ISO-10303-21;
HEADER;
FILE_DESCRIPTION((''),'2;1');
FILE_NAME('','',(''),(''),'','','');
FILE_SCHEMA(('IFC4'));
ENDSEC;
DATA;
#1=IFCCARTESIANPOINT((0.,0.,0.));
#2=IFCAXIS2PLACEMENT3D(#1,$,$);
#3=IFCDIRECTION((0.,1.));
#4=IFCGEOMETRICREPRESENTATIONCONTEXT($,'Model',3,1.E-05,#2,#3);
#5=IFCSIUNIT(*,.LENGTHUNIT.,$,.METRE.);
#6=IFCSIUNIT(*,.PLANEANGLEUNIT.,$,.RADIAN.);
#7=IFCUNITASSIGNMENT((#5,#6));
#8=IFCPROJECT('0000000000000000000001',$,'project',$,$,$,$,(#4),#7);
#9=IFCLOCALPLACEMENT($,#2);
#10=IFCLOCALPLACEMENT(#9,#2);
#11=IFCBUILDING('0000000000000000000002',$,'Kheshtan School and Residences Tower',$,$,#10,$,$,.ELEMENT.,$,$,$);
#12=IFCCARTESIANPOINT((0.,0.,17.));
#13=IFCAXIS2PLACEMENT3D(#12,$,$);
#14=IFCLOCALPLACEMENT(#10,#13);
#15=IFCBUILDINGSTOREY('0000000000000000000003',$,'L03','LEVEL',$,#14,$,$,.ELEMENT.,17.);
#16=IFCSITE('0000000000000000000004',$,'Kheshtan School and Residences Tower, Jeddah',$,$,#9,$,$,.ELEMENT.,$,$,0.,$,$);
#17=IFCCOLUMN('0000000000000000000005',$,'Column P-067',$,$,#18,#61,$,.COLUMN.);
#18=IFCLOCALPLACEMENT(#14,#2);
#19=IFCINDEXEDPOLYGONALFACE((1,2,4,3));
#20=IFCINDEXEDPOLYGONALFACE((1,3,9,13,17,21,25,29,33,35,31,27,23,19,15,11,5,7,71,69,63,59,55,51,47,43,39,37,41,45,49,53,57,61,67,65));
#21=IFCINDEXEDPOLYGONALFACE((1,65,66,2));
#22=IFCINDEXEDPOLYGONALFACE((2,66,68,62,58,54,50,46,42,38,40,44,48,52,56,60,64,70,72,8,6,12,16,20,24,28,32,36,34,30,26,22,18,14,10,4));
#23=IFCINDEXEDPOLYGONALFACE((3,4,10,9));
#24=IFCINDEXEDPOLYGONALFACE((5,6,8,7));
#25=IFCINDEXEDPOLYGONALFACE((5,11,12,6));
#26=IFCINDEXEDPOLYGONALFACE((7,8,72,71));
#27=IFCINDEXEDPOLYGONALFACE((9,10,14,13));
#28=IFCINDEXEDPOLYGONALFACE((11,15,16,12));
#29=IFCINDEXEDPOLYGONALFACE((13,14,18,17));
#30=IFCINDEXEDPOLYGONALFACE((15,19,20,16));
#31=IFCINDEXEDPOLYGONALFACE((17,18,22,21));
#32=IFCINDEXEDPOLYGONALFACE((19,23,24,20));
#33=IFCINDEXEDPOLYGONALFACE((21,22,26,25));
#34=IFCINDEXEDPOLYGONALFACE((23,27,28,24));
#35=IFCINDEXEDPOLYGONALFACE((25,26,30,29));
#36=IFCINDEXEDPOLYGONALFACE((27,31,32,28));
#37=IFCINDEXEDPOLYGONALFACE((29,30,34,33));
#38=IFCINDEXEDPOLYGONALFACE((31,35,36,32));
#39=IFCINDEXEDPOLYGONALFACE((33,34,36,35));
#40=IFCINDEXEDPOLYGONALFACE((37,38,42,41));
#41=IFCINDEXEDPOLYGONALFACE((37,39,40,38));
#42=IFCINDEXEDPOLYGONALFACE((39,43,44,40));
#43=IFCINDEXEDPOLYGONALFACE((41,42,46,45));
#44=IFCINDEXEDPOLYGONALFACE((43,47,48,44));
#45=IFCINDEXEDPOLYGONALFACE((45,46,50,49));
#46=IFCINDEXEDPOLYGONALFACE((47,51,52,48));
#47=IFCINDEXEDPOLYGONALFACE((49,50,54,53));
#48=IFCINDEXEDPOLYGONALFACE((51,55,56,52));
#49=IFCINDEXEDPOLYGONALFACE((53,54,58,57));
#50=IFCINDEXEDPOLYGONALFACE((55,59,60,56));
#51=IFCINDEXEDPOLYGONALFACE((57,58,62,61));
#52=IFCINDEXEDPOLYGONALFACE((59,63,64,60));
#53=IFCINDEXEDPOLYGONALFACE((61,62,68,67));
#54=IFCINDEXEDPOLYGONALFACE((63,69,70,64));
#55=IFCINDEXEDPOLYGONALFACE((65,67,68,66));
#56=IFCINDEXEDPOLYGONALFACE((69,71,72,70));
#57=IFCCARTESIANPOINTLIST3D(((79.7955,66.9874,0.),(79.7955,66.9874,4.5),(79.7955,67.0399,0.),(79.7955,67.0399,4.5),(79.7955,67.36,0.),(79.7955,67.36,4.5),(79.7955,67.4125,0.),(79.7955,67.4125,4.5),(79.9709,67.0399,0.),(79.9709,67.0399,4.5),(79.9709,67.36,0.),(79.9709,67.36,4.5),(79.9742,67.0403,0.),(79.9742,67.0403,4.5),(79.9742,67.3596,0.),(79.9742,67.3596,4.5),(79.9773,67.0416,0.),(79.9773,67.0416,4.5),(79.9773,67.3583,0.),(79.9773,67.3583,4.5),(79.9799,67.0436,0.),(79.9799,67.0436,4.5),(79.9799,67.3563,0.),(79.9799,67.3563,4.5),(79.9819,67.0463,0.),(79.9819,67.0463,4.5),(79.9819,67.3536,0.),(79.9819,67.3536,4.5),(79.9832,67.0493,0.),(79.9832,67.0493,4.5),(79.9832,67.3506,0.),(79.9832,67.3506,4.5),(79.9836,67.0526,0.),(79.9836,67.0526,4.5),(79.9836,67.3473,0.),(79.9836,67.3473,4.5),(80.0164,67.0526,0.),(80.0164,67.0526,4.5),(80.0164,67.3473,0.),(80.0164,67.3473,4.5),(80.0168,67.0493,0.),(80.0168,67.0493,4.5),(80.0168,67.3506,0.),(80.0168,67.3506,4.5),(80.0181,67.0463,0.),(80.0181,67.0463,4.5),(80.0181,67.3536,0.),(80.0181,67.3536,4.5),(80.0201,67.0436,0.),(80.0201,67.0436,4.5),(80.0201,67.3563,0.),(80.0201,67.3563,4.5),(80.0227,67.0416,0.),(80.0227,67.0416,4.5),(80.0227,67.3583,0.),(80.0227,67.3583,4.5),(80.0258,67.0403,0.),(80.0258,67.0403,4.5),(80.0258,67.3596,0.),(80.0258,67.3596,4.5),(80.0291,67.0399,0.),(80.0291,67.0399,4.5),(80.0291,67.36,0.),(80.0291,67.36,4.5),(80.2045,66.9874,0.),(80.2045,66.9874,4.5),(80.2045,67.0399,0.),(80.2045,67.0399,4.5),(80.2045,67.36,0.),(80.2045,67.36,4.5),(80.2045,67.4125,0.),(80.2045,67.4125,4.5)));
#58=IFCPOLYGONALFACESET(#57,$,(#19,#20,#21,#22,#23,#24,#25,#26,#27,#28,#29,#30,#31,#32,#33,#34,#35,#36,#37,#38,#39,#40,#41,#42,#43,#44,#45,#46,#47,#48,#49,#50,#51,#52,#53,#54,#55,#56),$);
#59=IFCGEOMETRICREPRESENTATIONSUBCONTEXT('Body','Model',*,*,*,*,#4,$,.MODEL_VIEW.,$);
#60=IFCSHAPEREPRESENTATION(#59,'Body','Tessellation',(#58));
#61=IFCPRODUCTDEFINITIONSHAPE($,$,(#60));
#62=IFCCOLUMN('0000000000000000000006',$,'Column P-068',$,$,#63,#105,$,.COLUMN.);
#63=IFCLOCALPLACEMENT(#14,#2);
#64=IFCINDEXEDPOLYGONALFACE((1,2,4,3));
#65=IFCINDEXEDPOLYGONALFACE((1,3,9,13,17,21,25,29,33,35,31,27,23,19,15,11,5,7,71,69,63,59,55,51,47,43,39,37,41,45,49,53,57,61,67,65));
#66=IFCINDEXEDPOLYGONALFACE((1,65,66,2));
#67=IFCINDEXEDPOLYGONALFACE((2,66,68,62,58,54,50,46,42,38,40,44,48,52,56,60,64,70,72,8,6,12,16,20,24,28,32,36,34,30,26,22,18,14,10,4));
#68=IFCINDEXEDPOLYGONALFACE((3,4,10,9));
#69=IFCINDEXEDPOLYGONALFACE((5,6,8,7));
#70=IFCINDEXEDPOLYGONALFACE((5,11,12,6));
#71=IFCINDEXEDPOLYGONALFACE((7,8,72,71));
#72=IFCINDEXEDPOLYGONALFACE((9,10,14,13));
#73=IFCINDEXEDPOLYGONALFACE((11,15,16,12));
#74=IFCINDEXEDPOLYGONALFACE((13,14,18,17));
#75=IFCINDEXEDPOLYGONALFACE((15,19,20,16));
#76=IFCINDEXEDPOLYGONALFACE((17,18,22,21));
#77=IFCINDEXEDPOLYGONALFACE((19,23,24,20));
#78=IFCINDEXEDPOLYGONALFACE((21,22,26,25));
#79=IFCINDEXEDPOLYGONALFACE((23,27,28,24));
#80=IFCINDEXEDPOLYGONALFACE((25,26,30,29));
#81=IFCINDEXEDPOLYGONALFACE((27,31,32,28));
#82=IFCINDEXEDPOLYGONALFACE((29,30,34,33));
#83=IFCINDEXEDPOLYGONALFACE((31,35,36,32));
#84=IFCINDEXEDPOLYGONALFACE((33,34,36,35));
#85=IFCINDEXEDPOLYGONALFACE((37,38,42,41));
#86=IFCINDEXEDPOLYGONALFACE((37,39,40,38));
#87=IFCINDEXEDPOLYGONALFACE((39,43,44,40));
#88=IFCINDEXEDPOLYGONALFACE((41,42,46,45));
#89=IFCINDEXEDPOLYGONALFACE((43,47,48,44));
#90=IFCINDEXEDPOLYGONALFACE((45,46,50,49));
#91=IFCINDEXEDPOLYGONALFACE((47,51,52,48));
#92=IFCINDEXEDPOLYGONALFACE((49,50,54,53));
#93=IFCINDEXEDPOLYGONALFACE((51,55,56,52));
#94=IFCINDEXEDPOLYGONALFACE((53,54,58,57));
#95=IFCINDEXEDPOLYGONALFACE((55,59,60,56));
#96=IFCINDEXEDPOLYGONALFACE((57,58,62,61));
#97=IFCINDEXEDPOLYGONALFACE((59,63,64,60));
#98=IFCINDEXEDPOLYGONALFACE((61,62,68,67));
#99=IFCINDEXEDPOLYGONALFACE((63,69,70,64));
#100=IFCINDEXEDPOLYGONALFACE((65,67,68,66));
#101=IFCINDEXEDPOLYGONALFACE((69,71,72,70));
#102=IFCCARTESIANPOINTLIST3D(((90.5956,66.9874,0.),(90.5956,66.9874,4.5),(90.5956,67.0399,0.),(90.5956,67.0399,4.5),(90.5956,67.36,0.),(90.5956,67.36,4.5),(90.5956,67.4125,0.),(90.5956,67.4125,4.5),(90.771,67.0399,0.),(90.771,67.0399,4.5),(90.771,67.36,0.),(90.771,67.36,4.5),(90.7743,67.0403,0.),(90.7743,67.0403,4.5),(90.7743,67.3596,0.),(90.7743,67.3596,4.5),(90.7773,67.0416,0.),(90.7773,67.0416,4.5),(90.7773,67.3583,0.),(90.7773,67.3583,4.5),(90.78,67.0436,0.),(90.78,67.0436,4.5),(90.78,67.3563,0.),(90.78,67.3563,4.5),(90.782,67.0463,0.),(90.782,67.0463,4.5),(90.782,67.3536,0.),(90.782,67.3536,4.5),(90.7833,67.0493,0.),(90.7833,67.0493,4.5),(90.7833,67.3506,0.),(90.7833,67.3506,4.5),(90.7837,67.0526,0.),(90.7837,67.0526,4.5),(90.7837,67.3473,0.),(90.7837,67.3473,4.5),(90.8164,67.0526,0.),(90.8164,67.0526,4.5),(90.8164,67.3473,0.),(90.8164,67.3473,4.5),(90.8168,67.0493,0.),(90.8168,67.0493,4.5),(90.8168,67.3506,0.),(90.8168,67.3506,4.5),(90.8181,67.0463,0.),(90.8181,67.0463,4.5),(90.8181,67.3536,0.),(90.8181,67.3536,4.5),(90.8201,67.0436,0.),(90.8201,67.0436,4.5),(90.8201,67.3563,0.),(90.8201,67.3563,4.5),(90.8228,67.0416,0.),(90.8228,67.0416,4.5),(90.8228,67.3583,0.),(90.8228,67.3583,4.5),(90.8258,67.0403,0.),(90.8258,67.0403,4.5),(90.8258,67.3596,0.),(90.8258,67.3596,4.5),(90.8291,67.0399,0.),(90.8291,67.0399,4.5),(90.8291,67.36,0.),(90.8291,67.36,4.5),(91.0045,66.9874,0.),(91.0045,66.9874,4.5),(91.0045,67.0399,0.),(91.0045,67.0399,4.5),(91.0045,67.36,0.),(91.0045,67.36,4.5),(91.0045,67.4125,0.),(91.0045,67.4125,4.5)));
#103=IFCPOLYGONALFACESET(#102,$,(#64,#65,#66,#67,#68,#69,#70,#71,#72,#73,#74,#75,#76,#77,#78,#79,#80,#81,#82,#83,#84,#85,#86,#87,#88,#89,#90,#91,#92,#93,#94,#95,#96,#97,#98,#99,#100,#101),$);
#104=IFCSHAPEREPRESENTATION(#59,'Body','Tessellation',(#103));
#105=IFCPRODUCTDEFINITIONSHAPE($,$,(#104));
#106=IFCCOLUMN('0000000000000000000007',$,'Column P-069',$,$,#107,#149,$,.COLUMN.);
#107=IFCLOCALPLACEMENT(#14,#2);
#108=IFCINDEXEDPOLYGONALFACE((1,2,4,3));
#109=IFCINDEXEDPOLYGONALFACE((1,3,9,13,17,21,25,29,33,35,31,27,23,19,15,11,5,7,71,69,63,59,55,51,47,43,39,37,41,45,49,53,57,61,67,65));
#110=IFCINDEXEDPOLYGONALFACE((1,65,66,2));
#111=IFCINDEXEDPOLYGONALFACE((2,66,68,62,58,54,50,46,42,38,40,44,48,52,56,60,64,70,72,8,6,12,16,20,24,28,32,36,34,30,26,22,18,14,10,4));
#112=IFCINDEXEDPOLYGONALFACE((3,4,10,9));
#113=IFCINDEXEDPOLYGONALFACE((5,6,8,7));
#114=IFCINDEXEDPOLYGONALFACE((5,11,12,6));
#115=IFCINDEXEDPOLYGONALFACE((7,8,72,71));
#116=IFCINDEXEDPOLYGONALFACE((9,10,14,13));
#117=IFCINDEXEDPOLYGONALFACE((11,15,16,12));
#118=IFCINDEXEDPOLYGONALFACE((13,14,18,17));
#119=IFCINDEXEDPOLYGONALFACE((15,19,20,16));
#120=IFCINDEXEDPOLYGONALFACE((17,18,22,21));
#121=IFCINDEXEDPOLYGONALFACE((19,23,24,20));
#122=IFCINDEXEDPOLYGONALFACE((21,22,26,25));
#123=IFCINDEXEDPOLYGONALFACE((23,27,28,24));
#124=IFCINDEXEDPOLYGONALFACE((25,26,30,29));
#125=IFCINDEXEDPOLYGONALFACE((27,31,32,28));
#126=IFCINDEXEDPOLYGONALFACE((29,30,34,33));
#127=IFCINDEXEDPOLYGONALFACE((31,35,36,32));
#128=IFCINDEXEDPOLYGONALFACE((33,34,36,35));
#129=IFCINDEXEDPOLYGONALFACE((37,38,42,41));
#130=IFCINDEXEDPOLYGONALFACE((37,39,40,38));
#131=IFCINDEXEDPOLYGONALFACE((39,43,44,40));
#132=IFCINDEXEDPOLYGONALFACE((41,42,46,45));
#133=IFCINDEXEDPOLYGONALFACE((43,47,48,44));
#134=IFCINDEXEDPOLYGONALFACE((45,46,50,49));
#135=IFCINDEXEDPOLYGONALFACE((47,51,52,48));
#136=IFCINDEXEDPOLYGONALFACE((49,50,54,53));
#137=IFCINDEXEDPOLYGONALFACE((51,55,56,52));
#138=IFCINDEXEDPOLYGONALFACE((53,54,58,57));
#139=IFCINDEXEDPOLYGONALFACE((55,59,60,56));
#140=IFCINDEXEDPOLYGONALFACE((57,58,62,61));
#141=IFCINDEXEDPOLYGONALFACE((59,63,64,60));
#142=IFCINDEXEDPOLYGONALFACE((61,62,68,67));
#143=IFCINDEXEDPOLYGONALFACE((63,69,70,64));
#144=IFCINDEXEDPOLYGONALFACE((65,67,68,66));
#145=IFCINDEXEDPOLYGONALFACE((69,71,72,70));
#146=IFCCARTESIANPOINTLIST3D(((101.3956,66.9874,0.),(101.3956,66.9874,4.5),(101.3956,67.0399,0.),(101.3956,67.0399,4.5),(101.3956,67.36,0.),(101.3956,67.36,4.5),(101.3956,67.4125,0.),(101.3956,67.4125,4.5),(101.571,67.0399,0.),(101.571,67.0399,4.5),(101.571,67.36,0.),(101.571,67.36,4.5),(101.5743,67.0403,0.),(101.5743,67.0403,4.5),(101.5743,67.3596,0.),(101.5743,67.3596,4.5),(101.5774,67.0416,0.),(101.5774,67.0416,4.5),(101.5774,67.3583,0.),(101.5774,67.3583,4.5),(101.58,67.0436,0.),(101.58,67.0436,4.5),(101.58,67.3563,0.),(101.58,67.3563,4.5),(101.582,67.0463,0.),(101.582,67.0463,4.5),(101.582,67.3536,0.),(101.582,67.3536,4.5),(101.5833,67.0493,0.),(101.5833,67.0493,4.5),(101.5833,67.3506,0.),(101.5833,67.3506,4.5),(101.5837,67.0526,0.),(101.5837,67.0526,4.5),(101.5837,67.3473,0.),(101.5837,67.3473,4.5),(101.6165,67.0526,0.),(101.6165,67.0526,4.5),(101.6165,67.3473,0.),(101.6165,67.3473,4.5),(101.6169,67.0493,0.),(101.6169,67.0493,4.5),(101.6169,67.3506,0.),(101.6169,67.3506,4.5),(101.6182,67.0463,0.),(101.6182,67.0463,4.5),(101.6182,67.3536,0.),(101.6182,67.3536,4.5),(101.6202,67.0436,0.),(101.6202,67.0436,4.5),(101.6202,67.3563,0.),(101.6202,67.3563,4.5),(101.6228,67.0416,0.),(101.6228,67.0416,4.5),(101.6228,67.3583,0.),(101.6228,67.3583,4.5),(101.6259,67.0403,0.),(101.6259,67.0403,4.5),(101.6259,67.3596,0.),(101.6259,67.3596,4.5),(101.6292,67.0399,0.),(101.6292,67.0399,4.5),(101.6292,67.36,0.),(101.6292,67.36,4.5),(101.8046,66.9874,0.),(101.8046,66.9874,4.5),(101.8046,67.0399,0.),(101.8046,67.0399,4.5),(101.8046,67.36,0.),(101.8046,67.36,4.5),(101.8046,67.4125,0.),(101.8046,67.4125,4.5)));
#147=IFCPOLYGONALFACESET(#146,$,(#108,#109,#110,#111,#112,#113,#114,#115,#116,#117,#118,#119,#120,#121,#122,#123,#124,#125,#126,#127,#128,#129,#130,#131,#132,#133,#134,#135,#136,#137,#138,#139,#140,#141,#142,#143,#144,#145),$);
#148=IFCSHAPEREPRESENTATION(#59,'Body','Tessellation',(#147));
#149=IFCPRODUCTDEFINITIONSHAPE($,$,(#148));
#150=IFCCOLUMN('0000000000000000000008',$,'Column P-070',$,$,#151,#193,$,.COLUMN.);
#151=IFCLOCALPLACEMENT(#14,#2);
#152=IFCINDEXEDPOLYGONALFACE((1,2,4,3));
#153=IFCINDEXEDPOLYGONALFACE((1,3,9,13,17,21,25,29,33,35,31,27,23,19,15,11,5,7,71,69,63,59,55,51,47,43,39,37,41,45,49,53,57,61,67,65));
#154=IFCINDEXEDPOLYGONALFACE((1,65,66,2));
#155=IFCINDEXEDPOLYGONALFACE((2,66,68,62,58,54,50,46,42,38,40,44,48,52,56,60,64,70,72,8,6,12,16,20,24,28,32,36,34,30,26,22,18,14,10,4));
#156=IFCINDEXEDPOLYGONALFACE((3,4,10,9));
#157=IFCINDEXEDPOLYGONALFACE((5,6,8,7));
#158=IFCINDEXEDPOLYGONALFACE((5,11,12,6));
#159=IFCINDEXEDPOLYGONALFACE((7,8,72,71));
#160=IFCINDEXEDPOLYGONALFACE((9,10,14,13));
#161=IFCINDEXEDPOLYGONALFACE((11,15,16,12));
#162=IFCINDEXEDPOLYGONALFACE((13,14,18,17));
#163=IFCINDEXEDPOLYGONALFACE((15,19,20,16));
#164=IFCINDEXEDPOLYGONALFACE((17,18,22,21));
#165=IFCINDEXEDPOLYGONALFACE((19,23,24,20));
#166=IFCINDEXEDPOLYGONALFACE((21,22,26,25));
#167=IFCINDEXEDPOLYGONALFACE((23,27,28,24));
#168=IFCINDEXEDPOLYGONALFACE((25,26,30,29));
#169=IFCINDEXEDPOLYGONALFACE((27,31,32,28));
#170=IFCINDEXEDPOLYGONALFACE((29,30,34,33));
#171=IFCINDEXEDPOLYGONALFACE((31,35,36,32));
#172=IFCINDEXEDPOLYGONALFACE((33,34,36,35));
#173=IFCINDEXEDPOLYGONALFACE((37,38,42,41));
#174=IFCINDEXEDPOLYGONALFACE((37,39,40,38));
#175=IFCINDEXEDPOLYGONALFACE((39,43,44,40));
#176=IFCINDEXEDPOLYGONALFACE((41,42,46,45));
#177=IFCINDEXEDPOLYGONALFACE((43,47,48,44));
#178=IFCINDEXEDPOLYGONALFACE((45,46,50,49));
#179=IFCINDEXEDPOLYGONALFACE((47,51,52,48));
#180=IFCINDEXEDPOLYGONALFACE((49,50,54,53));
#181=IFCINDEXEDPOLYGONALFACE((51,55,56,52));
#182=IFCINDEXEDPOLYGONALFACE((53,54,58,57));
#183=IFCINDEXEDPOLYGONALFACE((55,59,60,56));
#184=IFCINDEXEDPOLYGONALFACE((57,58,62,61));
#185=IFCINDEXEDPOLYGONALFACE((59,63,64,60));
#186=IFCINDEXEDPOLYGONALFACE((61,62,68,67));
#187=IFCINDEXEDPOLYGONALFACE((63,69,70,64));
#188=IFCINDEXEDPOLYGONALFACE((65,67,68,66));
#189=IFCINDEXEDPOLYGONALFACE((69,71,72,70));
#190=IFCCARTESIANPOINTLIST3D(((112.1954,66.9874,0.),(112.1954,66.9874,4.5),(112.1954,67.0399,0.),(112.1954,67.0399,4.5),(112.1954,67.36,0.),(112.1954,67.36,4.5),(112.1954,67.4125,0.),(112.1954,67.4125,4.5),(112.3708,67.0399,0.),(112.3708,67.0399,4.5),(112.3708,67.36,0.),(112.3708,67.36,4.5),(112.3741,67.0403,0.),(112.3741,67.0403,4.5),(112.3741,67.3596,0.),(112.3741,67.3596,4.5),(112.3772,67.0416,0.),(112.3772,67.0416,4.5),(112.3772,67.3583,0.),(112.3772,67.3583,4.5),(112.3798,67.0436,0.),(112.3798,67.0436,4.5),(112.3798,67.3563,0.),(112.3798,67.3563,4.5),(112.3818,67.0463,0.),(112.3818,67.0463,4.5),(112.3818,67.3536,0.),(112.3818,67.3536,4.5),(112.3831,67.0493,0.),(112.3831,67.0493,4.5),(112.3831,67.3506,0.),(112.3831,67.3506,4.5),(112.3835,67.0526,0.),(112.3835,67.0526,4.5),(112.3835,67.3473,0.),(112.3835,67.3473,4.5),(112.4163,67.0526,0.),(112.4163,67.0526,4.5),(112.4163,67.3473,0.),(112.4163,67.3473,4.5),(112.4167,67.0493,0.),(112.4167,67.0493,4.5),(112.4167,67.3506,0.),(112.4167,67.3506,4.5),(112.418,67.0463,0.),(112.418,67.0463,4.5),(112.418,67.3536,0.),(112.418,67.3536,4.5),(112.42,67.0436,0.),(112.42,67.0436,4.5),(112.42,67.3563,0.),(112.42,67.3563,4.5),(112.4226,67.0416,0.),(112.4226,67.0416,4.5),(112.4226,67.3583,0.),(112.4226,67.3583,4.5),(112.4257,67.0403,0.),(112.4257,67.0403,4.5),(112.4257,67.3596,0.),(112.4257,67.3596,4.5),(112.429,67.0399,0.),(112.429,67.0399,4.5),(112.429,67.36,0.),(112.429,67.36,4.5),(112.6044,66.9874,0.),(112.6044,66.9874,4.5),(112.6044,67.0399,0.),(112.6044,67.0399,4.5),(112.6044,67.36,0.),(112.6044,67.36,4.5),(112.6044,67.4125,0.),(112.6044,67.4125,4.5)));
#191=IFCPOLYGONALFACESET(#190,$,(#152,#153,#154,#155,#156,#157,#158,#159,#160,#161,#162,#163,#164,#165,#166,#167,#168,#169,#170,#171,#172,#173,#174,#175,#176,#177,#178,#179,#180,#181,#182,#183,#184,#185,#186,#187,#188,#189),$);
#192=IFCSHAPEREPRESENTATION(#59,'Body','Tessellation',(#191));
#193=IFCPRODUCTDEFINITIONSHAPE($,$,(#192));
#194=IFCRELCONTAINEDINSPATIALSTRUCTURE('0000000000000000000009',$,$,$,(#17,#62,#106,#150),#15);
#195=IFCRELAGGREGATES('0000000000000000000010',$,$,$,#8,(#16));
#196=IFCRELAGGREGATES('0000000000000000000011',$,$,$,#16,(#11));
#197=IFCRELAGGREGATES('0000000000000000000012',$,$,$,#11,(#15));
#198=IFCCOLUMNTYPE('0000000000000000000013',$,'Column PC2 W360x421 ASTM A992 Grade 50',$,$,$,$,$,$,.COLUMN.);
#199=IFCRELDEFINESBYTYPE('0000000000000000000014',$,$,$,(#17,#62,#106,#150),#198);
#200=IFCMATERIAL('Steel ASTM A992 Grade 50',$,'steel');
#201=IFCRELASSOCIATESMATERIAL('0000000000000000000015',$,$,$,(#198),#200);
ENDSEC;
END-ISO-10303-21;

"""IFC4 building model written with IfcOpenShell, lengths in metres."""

from ifc_helpers import new_model, si_unit, direction, frame, origin, origin_2d, place, context, subcontext, project, spatial, i_section, extrude, material, material_profile, profile_set, type_object, element, save


model = new_model("IFC4")

# Units and contexts
model_context = context("Model", 3, precision=1e-05, world=origin(), true_north=direction((0.0, 1.0)))
body_context = subcontext(model_context, "Body", "Model", "MODEL_VIEW")
ifc_project = project(units=[si_unit("LENGTHUNIT", "METRE"), si_unit("PLANEANGLEUNIT", "RADIAN")], contexts=[model_context])

# Site, building, storey
site_placement = place(None, origin())
site = spatial("IfcSite", under=ifc_project, at=site_placement, Name="Kheshtan School and Residences Tower, Jeddah", CompositionType="ELEMENT", RefElevation=0.0)
building_placement = place(site_placement, origin())
building = spatial("IfcBuilding", under=site, at=building_placement, Name="Kheshtan School and Residences Tower", CompositionType="ELEMENT")
storey_placement = place(building_placement, frame((0.0, 0.0, 17.0)))
storey = spatial("IfcBuildingStorey", under=building, at=storey_placement, Name="L03", Description="LEVEL", CompositionType="ELEMENT", Elevation=17.0)

# Columns
ifc_material_1 = material(Name="Steel ASTM A992 Grade 50", Category="steel")
ifc_material_profile_1 = material_profile(ifc_material_1, i_section(OverallWidth=0.4089, OverallDepth=0.425, WebThickness=0.0327, FlangeThickness=0.0525, FilletRadius=0.0127, at=origin_2d()), Name="W360x421")
ifc_profile_set_1 = profile_set([ifc_material_profile_1], Name="Steel ASTM A992 Grade 50")
column_type = type_object("IfcColumnType", Name="Column PC2 W360x421 ASTM A992 Grade 50", PredefinedType="COLUMN", material=ifc_profile_set_1)
for number, where, z_axis, x_axis, name in (
    (1, (80.0, 67.2, 0.0), (0.0, 0.0, 1.0), (1.0, 0.0, 0.0), "Column P-067"),
    (2, (90.8, 67.2, 0.0), (0.0, 0.0, 1.0), (1.0, 0.0, 0.0), "Column P-068"),
    (3, (101.6001, 67.2, 0.0), (0.0, 0.0, 1.0), (1.0, 0.0, 0.0), "Column P-069"),
    (4, (112.3999, 67.2, 0.0), (0.0, 0.0, 1.0), (1.0, 0.0, 0.0), "Column P-070"),
):
    element("IfcColumn", number, at=place(storey_placement, frame(where, z_axis=z_axis, x_axis=x_axis)), inside=storey, type_object=column_type, Name=name, PredefinedType="COLUMN", context=body_context, shape_type="SweptSolid", body=[
        extrude(i_section(OverallWidth=0.4089, OverallDepth=0.425, WebThickness=0.0327, FlangeThickness=0.0525, FilletRadius=0.0127, at=origin_2d()), origin(), (0.0, 0.0, 1.0), 4.5),
    ])

save(model, "model.ifc")
